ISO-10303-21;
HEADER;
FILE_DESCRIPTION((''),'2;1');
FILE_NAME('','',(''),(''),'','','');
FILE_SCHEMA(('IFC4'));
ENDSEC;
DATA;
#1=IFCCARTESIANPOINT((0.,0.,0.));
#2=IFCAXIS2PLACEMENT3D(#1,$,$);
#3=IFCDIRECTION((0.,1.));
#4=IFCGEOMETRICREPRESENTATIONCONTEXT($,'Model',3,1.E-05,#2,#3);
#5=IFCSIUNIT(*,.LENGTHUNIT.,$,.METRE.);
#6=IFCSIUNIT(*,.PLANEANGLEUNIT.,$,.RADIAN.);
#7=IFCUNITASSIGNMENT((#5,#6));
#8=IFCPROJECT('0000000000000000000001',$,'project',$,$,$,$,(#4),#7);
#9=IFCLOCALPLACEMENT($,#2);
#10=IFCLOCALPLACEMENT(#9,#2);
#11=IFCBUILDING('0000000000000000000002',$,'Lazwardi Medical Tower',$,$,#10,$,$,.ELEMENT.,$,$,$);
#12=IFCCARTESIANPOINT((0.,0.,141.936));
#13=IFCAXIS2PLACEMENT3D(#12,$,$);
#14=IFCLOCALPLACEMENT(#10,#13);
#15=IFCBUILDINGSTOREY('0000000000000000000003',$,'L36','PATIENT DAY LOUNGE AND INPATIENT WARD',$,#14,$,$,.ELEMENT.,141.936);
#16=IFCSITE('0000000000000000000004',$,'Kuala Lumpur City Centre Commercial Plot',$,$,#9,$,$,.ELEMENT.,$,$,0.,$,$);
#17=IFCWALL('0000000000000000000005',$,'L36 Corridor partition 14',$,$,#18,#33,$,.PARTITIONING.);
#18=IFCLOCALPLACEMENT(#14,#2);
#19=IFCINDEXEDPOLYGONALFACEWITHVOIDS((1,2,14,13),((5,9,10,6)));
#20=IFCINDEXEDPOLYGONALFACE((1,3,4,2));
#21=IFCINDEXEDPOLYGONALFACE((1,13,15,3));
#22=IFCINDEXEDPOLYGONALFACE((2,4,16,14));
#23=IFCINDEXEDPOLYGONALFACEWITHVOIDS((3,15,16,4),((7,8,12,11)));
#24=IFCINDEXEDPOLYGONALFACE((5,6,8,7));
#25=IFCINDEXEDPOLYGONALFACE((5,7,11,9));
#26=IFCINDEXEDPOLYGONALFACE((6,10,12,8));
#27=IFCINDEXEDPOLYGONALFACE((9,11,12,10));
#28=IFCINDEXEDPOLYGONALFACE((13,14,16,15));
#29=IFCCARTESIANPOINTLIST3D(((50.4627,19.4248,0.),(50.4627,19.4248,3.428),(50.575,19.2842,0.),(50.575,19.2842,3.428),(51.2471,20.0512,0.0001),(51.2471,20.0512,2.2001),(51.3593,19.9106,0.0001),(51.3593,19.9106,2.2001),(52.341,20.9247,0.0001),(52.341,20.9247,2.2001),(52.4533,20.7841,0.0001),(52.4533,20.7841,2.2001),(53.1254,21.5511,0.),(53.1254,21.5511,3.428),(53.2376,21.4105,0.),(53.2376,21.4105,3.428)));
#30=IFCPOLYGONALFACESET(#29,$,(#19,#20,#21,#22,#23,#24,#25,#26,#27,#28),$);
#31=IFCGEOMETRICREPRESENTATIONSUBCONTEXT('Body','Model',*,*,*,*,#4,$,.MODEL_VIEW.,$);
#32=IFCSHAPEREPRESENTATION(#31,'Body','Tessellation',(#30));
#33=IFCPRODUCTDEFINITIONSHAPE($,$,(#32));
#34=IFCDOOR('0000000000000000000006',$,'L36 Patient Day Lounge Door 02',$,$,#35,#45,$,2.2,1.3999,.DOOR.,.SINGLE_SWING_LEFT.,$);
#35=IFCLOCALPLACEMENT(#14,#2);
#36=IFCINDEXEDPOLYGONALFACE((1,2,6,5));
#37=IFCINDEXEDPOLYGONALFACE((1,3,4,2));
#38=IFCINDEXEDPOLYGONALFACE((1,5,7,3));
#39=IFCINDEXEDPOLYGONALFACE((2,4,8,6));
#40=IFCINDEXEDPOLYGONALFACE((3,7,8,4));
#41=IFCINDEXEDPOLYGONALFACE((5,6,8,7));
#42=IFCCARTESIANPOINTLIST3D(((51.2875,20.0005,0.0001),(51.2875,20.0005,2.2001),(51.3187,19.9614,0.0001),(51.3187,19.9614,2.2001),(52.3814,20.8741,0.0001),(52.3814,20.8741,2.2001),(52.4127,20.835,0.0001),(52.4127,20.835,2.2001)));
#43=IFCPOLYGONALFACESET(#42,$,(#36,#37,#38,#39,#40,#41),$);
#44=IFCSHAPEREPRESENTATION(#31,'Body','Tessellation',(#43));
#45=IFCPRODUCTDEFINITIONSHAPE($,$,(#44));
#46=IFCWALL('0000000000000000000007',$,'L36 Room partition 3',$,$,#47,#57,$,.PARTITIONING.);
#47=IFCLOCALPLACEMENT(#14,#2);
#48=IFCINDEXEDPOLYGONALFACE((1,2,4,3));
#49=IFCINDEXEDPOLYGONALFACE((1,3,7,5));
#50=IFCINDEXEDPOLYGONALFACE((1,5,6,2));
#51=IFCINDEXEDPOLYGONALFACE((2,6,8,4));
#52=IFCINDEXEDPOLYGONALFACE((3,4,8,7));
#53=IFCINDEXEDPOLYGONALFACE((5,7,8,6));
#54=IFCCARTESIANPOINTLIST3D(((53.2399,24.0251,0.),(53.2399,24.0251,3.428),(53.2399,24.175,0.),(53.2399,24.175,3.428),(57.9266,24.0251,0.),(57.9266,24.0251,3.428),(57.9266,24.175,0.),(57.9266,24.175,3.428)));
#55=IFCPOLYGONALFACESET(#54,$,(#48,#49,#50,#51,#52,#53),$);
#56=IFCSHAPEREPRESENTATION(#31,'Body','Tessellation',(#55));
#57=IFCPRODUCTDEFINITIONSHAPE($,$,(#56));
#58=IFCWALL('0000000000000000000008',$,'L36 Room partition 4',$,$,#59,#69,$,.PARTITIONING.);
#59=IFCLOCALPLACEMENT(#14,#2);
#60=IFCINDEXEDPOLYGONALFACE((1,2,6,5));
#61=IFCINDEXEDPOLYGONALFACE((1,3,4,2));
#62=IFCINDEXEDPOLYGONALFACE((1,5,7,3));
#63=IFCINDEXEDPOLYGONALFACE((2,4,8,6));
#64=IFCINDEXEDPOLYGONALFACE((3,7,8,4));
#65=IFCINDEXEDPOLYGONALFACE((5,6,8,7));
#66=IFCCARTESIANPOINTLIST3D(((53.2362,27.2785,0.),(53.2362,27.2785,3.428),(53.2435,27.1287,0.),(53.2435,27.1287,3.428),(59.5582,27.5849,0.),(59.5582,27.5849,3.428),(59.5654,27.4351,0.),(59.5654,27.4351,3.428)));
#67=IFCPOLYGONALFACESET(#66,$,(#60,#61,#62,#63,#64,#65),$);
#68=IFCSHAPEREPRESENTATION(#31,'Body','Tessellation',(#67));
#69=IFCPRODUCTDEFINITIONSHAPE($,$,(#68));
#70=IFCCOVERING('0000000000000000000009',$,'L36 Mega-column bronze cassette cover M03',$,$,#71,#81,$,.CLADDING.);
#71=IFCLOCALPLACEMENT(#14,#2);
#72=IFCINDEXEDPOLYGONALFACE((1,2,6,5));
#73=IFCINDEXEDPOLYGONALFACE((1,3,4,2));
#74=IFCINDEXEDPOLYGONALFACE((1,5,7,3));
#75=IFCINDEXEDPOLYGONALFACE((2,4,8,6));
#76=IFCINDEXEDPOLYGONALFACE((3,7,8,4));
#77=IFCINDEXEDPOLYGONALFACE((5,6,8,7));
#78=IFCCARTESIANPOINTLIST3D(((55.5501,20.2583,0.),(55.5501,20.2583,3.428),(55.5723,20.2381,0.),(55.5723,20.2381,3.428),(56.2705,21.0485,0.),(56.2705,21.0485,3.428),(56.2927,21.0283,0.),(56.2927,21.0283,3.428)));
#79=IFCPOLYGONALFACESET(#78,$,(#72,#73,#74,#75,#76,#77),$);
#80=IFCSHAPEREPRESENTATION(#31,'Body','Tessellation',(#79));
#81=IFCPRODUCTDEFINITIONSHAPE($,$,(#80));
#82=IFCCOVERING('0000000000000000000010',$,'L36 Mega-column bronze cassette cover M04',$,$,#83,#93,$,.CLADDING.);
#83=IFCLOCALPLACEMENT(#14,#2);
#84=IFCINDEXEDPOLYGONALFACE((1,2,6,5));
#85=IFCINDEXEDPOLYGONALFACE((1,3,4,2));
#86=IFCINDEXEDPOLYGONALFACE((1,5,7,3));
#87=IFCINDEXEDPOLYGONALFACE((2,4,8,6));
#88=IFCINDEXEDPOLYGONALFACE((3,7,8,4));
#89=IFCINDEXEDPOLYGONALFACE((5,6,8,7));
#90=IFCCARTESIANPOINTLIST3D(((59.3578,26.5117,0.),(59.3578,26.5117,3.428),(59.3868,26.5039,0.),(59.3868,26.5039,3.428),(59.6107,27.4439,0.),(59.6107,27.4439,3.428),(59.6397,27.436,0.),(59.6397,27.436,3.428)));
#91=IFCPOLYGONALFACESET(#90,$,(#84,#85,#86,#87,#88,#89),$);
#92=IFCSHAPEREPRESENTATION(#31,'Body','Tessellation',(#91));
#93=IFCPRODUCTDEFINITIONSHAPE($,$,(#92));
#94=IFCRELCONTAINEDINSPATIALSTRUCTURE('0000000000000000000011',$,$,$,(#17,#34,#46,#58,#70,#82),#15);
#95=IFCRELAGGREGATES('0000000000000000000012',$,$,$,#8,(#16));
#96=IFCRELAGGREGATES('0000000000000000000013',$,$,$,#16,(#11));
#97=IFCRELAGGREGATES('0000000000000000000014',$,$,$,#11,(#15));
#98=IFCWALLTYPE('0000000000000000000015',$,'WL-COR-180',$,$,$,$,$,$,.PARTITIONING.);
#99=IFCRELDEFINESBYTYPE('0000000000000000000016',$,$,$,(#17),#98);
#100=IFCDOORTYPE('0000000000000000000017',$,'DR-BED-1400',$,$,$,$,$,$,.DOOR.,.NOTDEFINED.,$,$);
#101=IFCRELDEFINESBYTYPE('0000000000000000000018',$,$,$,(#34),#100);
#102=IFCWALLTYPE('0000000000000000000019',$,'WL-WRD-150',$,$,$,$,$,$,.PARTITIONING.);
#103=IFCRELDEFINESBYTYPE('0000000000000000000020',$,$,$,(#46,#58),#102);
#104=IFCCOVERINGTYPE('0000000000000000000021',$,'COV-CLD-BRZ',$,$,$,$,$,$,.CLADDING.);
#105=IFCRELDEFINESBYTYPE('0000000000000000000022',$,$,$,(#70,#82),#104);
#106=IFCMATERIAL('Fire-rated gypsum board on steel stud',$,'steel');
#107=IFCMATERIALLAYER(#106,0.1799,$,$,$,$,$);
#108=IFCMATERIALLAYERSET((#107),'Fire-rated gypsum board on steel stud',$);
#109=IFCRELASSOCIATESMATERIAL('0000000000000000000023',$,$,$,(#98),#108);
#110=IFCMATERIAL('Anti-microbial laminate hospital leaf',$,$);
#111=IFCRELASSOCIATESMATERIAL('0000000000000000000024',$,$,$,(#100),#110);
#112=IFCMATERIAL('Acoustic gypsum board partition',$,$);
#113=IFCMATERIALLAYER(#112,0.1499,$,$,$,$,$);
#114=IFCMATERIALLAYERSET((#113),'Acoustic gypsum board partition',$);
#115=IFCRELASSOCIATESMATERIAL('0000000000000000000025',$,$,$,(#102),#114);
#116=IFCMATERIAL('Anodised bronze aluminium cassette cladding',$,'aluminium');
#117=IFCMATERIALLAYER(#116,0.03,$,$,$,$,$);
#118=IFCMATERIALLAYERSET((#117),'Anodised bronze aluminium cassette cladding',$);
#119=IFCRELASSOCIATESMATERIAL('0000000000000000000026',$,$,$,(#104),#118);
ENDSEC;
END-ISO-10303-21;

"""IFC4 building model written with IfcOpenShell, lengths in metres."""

from ifc_helpers import new_model, si_unit, direction, frame, frame_2d, origin, origin_2d, place, context, subcontext, project, spatial, rectangle, extrude, material, layer, layer_set, type_object, element, fill, save


model = new_model("IFC4")

# Units and contexts
model_context = context("Model", 3, precision=1e-05, world=origin(), true_north=direction((0.0, 1.0)))
body_context = subcontext(model_context, "Body", "Model", "MODEL_VIEW")
ifc_project = project(units=[si_unit("LENGTHUNIT", "METRE"), si_unit("PLANEANGLEUNIT", "RADIAN")], contexts=[model_context])

# Site, building, storey
site_placement = place(None, origin())
site = spatial("IfcSite", under=ifc_project, at=site_placement, Name="Kuala Lumpur City Centre Commercial Plot", CompositionType="ELEMENT", RefElevation=0.0)
building_placement = place(site_placement, origin())
building = spatial("IfcBuilding", under=site, at=building_placement, Name="Lazwardi Medical Tower", CompositionType="ELEMENT")
storey_placement = place(building_placement, frame((0.0, 0.0, 141.936)))
storey = spatial("IfcBuildingStorey", under=building, at=storey_placement, Name="L36", Description="PATIENT DAY LOUNGE AND INPATIENT WARD", CompositionType="ELEMENT", Elevation=141.936)

# Wall, opening, door
ifc_material_1 = material(Name="Fire-rated gypsum board on steel stud", Category="steel")
ifc_layer_1 = layer(ifc_material_1, 0.1799)
ifc_layer_set_1 = layer_set([ifc_layer_1], Name="Fire-rated gypsum board on steel stud")
wall_type_1 = type_object("IfcWallType", Name="WL-COR-180", PredefinedType="PARTITIONING", material=ifc_layer_set_1)
wall_1_placement = place(storey_placement, frame((53.1814, 21.4807, 0.0), z_axis=(0.0, 0.0, 1.0), x_axis=(-0.781421, -0.624005, 0.0)))
wall_1 = element("IfcWall", 1, at=wall_1_placement, inside=storey, type_object=wall_type_1, Name="L36 Corridor partition 14", PredefinedType="PARTITIONING", context=body_context, shape_type="SweptSolid", body=[
    extrude(rectangle(XDim=3.4075, YDim=0.1799, at=frame_2d((1.7036, 0.0))), origin(), (0.0, 0.0, 1.0), 3.428),
])
opening_placement = place(wall_1_placement, frame((1.0037, 0.0, 0.0)))
opening = element("IfcOpeningElement", 2, at=opening_placement, cuts=wall_1, PredefinedType="OPENING", context=body_context, shape_type="SweptSolid", body=[
    extrude(rectangle(XDim=1.3999, YDim=2.2, at=frame_2d((0.7, 1.1001))), frame((0.0, 0.0999, 0.0), z_axis=(0.0, -1.0, 0.0), x_axis=(1.0, 0.0, 0.0)), (0.0, 0.0, 1.0), 0.2),
])
ifc_material_2 = material(Name="Anti-microbial laminate hospital leaf")
door_type = type_object("IfcDoorType", Name="DR-BED-1400", OperationType="NOTDEFINED", PredefinedType="DOOR", material=ifc_material_2)
door_placement = place(opening_placement, origin())
door = element("IfcDoor", 3, at=door_placement, inside=storey, type_object=door_type, Name="L36 Patient Day Lounge Door 02", OperationType="SINGLE_SWING_LEFT", OverallHeight=2.2, OverallWidth=1.3999, PredefinedType="DOOR", context=body_context, shape_type="SweptSolid", body=[
    extrude(rectangle(XDim=1.3999, YDim=2.2, at=frame_2d((0.7, 1.1001))), frame((0.0, 0.0249, 0.0), z_axis=(0.0, -1.0, 0.0), x_axis=(1.0, 0.0, 0.0)), (0.0, 0.0, 1.0), 0.05),
])
fill(opening, door)

# Walls
ifc_material_3 = material(Name="Acoustic gypsum board partition")
ifc_layer_2 = layer(ifc_material_3, 0.1499)
ifc_layer_set_2 = layer_set([ifc_layer_2], Name="Acoustic gypsum board partition")
wall_type_2 = type_object("IfcWallType", Name="WL-WRD-150", PredefinedType="PARTITIONING", material=ifc_layer_set_2)
wall_2_placement = place(storey_placement, frame((53.24, 24.1001, 0.0), z_axis=(0.0, 0.0, 1.0), x_axis=(1.0, 0.0, 0.0)))
element("IfcWall", 4, at=wall_2_placement, inside=storey, type_object=wall_type_2, Name="L36 Room partition 3", PredefinedType="PARTITIONING", context=body_context, shape_type="SweptSolid", body=[
    extrude(rectangle(XDim=4.6868, YDim=0.1499, at=frame_2d((2.3433, 0.0))), origin(), (0.0, 0.0, 1.0), 3.428),
])
wall_3_placement = place(storey_placement, frame((53.24, 27.2036, 0.0), z_axis=(0.0, 0.0, 1.0), x_axis=(0.998828, 0.048408, 0.0)))
element("IfcWall", 5, at=wall_3_placement, inside=storey, type_object=wall_type_2, Name="L36 Room partition 4", PredefinedType="PARTITIONING", context=body_context, shape_type="SweptSolid", body=[
    extrude(rectangle(XDim=6.3293, YDim=0.1499, at=frame_2d((3.1646, 0.0))), origin(), (0.0, 0.0, 1.0), 3.428),
])

# Coverings
ifc_material_4 = material(Name="Anodised bronze aluminium cassette cladding", Category="aluminium")
ifc_layer_3 = layer(ifc_material_4, 0.03)
ifc_layer_set_3 = layer_set([ifc_layer_3], Name="Anodised bronze aluminium cassette cladding")
covering_type = type_object("IfcCoveringType", Name="COV-CLD-BRZ", PredefinedType="CLADDING", material=ifc_layer_set_3)
covering_1_placement = place(storey_placement, frame((55.9214, 20.6433, 0.0), z_axis=(0.0, 0.0, 1.0), x_axis=(0.673714, 0.738992, 0.0)))
element("IfcCovering", 6, at=covering_1_placement, inside=storey, type_object=covering_type, Name="L36 Mega-column bronze cassette cover M03", PredefinedType="CLADDING", context=body_context, shape_type="SweptSolid", body=[
    extrude(rectangle(XDim=1.0693, YDim=0.03, at=origin_2d()), origin(), (0.0, 0.0, 1.0), 3.428),
])
covering_2_placement = place(storey_placement, frame((59.4988, 26.9739, 0.0), z_axis=(0.0, 0.0, 1.0), x_axis=(0.261829, 0.965114, 0.0)))
element("IfcCovering", 7, at=covering_2_placement, inside=storey, type_object=covering_type, Name="L36 Mega-column bronze cassette cover M04", PredefinedType="CLADDING", context=body_context, shape_type="SweptSolid", body=[
    extrude(rectangle(XDim=0.9658, YDim=0.03, at=origin_2d()), origin(), (0.0, 0.0, 1.0), 3.428),
])

save(model, "model.ifc")
